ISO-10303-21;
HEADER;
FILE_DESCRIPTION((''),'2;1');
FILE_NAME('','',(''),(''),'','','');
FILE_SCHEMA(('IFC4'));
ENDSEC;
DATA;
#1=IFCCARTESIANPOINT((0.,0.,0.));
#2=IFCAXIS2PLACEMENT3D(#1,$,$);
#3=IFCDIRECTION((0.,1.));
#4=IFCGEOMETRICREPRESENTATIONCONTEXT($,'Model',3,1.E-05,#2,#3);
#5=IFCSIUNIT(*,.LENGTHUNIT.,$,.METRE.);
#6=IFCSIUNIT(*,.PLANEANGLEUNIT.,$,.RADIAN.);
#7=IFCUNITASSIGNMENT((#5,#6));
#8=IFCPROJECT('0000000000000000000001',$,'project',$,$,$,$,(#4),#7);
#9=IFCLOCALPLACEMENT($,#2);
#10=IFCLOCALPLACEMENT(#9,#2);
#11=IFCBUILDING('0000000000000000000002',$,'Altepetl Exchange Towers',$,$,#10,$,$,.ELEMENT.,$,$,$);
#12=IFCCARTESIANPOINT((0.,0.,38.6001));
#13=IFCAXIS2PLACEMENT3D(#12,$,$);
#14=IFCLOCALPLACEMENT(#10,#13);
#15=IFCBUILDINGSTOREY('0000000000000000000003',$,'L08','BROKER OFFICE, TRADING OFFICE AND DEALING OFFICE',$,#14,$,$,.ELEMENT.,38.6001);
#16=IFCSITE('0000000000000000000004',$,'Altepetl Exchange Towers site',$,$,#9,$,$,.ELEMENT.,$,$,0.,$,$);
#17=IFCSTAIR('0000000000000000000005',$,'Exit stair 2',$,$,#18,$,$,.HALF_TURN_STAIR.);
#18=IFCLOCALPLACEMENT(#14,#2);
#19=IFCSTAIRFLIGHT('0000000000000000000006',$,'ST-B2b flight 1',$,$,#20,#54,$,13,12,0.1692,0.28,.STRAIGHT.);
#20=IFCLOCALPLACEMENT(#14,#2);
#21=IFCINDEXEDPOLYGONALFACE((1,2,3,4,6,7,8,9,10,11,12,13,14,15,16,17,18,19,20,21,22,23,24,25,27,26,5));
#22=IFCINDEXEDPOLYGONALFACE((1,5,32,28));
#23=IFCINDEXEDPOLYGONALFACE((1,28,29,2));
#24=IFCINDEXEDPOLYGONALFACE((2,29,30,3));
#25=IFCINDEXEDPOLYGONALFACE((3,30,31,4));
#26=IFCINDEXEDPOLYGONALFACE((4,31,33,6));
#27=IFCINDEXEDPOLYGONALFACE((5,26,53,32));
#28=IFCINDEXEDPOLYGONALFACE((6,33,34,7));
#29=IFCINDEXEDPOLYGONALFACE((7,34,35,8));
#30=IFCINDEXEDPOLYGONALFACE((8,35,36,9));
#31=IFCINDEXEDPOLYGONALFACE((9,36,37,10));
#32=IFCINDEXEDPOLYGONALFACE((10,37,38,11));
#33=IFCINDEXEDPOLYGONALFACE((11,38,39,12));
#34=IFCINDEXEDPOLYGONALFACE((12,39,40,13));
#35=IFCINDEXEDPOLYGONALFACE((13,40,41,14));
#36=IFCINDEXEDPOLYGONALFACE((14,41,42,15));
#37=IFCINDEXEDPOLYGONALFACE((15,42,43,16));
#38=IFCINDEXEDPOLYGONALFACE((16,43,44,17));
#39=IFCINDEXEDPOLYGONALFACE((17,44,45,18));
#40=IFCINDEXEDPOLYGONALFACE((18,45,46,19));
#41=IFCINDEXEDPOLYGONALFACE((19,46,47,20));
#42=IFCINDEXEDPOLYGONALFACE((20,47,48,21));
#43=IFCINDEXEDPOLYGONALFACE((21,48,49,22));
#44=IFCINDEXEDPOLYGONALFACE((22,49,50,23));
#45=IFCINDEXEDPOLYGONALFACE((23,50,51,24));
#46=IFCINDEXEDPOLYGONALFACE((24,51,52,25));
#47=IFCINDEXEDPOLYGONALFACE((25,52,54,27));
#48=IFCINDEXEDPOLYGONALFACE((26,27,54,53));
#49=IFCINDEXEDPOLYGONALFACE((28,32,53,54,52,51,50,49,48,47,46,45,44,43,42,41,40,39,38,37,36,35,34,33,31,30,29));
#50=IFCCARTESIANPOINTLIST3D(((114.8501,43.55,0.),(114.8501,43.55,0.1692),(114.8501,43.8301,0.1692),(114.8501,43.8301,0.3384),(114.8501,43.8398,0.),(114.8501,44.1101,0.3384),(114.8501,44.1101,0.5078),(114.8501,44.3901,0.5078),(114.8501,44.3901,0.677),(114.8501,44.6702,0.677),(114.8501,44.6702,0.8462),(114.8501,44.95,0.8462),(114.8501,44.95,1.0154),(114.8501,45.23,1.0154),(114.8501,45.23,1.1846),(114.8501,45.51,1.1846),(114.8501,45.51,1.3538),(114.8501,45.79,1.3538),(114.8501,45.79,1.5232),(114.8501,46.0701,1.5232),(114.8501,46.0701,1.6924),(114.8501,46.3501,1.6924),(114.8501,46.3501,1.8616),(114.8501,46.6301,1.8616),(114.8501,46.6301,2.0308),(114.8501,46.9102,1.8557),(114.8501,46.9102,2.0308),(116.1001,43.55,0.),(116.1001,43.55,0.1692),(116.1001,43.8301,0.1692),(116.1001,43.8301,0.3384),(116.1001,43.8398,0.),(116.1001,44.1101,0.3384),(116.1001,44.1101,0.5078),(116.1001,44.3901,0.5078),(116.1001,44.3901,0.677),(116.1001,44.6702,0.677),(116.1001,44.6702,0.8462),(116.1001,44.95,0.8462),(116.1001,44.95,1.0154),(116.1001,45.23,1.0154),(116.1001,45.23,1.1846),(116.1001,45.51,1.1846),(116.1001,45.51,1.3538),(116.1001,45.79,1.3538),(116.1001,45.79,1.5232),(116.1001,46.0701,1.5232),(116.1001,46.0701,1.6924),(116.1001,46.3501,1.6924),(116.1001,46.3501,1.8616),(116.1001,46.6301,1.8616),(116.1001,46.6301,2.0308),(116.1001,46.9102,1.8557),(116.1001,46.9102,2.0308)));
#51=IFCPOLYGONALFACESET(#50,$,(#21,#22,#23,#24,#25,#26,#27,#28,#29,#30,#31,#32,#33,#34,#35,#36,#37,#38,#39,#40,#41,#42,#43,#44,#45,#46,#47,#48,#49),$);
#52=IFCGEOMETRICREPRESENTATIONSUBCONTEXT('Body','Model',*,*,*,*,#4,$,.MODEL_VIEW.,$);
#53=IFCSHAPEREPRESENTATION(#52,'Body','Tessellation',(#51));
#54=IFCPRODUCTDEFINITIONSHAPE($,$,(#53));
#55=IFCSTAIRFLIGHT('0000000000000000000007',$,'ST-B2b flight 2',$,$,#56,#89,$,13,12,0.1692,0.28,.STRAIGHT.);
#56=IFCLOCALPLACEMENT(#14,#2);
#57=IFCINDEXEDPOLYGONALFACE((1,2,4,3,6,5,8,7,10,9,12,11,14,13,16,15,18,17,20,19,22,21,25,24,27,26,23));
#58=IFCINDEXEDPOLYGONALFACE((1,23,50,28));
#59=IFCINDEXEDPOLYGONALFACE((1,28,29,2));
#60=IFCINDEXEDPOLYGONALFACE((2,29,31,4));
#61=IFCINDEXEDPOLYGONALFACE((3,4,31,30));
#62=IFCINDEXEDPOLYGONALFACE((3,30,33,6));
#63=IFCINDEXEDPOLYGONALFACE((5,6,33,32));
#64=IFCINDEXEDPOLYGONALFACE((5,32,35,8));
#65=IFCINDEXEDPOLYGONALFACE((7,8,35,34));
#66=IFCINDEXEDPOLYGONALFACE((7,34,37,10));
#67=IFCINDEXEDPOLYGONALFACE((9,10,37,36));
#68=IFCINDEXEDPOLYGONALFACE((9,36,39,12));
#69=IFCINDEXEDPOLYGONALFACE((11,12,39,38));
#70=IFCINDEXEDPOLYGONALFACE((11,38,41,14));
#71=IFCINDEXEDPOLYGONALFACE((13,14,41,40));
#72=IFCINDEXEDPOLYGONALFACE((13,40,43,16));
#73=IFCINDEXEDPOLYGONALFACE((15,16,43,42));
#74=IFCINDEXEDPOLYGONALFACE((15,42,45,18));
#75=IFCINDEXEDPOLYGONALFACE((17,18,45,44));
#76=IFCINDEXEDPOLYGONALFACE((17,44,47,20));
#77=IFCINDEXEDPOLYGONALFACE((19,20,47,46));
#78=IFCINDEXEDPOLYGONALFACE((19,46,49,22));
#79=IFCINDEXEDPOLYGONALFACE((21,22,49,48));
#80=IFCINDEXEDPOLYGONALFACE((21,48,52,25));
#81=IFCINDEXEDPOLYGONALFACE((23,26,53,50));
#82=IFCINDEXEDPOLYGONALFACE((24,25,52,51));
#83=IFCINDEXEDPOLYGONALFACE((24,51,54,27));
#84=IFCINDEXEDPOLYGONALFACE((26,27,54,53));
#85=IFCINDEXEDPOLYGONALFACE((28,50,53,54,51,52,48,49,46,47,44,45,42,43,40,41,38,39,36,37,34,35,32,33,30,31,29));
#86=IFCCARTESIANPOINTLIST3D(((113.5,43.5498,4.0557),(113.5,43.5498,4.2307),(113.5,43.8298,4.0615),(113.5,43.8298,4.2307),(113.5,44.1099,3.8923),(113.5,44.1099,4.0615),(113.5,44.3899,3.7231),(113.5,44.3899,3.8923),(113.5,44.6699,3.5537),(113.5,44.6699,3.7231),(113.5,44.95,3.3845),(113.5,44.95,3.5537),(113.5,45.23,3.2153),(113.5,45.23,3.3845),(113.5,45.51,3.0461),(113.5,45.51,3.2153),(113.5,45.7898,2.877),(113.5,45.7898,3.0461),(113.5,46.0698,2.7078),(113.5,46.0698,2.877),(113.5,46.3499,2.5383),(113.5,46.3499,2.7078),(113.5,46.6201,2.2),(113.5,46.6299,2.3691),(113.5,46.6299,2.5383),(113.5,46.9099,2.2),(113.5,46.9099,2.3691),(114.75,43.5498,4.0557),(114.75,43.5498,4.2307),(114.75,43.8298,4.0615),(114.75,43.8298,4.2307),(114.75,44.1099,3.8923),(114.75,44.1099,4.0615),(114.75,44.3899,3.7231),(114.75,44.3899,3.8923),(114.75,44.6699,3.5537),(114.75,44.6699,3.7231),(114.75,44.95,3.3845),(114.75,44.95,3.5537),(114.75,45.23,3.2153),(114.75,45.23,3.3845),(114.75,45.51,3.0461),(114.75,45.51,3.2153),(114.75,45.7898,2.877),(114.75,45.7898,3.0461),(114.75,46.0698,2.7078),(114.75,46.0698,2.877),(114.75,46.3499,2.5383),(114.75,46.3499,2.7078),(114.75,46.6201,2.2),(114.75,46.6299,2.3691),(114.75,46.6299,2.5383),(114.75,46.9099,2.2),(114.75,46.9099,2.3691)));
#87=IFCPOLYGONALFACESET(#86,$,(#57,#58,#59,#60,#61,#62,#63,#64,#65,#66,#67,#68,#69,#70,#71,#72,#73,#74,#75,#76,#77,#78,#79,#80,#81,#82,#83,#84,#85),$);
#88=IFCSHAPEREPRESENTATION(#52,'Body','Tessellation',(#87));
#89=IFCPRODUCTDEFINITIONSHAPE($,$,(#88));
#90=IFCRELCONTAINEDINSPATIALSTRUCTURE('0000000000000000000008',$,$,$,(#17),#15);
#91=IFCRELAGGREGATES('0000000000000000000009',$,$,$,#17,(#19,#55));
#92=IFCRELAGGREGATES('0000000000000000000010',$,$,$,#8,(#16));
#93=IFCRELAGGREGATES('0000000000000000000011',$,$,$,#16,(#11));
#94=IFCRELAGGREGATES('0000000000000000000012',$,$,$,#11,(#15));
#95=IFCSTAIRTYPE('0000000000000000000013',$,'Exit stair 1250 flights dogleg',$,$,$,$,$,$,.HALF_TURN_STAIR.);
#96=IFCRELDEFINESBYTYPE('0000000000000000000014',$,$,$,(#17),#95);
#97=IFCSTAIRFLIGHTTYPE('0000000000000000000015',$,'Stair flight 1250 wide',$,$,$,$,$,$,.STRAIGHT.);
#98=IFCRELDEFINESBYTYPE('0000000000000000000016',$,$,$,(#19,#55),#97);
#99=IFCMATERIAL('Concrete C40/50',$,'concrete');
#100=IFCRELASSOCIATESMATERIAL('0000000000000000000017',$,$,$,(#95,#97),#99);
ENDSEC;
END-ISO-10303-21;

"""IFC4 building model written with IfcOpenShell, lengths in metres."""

from ifc_helpers import new_model, si_unit, direction, frame, origin, place, context, subcontext, project, spatial, polyline, outline, extrude, material, type_object, element, aggregate, save


model = new_model("IFC4")

# Units and contexts
model_context = context("Model", 3, precision=1e-05, world=origin(), true_north=direction((0.0, 1.0)))
body_context = subcontext(model_context, "Body", "Model", "MODEL_VIEW")
ifc_project = project(units=[si_unit("LENGTHUNIT", "METRE"), si_unit("PLANEANGLEUNIT", "RADIAN")], contexts=[model_context])

# Site, building, storey
site_placement = place(None, origin())
site = spatial("IfcSite", under=ifc_project, at=site_placement, Name="Altepetl Exchange Towers site", CompositionType="ELEMENT", RefElevation=0.0)
building_placement = place(site_placement, origin())
building = spatial("IfcBuilding", under=site, at=building_placement, Name="Altepetl Exchange Towers", CompositionType="ELEMENT")
storey_placement = place(building_placement, frame((0.0, 0.0, 38.6001)))
storey = spatial("IfcBuildingStorey", under=building, at=storey_placement, Name="L08", Description="BROKER OFFICE, TRADING OFFICE AND DEALING OFFICE", CompositionType="ELEMENT", Elevation=38.6001)

# Shared definitions
ifc_material_1 = material(Name="Concrete C40/50", Category="concrete")

# Stair, stair flights
stair_type = type_object("IfcStairType", Name="Exit stair 1250 flights dogleg", PredefinedType="HALF_TURN_STAIR", material=ifc_material_1)
stair_placement = place(storey_placement, origin())
stair = element("IfcStair", 1, at=stair_placement, inside=storey, type_object=stair_type, Name="Exit stair 2", PredefinedType="HALF_TURN_STAIR")
stair_flight_type = type_object("IfcStairFlightType", Name="Stair flight 1250 wide", PredefinedType="STRAIGHT", material=ifc_material_1)
stair_flight_1_placement = place(storey_placement, frame((115.4751, 43.55, 0.0), z_axis=(0.0, 0.0, 1.0), x_axis=(0.0, 1.0, 0.0)))
stair_flight_1 = element("IfcStairFlight", 2, at=stair_flight_1_placement, type_object=stair_flight_type, Name="ST-B2b flight 1", NumberOfRisers=13, NumberOfTreads=12, PredefinedType="STRAIGHT", RiserHeight=0.1692, TreadLength=0.28, context=body_context, shape_type="SweptSolid", body=[
    extrude(outline(polyline([(0.0, 0.0), (0.0, 0.1692), (0.28, 0.1692), (0.28, 0.3384), (0.5601, 0.3384), (0.5601, 0.5078), (0.8401, 0.5078), (0.8401, 0.677), (1.1201, 0.677), (1.1201, 0.8462), (1.3999, 0.8462), (1.3999, 1.0154), (1.6799, 1.0154), (1.6799, 1.1846), (1.96, 1.1846), (1.96, 1.3538), (2.24, 1.3538), (2.24, 1.5232), (2.52, 1.5232), (2.52, 1.6924), (2.8, 1.6924), (2.8, 1.8616), (3.0801, 1.8616), (3.0801, 2.0308), (3.3601, 2.0308), (3.3601, 2.2), (3.3601, 1.8557), (0.2898, 0.0), (0.0, 0.0)])), frame((0.0, 0.625, 0.0), z_axis=(0.0, -1.0, 0.0), x_axis=(1.0, 0.0, 0.0)), (0.0, 0.0, 1.0), 1.25),
])
stair_flight_2_placement = place(storey_placement, frame((114.125, 46.9099, 2.2), z_axis=(0.0, 0.0, 1.0), x_axis=(0.0, -1.0, 0.0)))
stair_flight_2 = element("IfcStairFlight", 3, at=stair_flight_2_placement, type_object=stair_flight_type, Name="ST-B2b flight 2", NumberOfRisers=13, NumberOfTreads=12, PredefinedType="STRAIGHT", RiserHeight=0.1692, TreadLength=0.28, context=body_context, shape_type="SweptSolid", body=[
    extrude(outline(polyline([(0.0, 0.0), (0.0, 0.1692), (0.28, 0.1692), (0.28, 0.3384), (0.5601, 0.3384), (0.5601, 0.5078), (0.8401, 0.5078), (0.8401, 0.677), (1.1201, 0.677), (1.1201, 0.8462), (1.3999, 0.8462), (1.3999, 1.0154), (1.6799, 1.0154), (1.6799, 1.1846), (1.96, 1.1846), (1.96, 1.3538), (2.24, 1.3538), (2.24, 1.5232), (2.52, 1.5232), (2.52, 1.6924), (2.8, 1.6924), (2.8, 1.8616), (3.0801, 1.8616), (3.0801, 2.0308), (3.3601, 2.0308), (3.3601, 2.2), (3.3601, 1.8557), (0.2898, 0.0), (0.0, 0.0)])), frame((0.0, 0.625, 0.0), z_axis=(0.0, -1.0, 0.0), x_axis=(1.0, 0.0, 0.0)), (0.0, 0.0, 1.0), 1.25),
])
aggregate(stair, [stair_flight_1, stair_flight_2])

save(model, "model.ifc")
